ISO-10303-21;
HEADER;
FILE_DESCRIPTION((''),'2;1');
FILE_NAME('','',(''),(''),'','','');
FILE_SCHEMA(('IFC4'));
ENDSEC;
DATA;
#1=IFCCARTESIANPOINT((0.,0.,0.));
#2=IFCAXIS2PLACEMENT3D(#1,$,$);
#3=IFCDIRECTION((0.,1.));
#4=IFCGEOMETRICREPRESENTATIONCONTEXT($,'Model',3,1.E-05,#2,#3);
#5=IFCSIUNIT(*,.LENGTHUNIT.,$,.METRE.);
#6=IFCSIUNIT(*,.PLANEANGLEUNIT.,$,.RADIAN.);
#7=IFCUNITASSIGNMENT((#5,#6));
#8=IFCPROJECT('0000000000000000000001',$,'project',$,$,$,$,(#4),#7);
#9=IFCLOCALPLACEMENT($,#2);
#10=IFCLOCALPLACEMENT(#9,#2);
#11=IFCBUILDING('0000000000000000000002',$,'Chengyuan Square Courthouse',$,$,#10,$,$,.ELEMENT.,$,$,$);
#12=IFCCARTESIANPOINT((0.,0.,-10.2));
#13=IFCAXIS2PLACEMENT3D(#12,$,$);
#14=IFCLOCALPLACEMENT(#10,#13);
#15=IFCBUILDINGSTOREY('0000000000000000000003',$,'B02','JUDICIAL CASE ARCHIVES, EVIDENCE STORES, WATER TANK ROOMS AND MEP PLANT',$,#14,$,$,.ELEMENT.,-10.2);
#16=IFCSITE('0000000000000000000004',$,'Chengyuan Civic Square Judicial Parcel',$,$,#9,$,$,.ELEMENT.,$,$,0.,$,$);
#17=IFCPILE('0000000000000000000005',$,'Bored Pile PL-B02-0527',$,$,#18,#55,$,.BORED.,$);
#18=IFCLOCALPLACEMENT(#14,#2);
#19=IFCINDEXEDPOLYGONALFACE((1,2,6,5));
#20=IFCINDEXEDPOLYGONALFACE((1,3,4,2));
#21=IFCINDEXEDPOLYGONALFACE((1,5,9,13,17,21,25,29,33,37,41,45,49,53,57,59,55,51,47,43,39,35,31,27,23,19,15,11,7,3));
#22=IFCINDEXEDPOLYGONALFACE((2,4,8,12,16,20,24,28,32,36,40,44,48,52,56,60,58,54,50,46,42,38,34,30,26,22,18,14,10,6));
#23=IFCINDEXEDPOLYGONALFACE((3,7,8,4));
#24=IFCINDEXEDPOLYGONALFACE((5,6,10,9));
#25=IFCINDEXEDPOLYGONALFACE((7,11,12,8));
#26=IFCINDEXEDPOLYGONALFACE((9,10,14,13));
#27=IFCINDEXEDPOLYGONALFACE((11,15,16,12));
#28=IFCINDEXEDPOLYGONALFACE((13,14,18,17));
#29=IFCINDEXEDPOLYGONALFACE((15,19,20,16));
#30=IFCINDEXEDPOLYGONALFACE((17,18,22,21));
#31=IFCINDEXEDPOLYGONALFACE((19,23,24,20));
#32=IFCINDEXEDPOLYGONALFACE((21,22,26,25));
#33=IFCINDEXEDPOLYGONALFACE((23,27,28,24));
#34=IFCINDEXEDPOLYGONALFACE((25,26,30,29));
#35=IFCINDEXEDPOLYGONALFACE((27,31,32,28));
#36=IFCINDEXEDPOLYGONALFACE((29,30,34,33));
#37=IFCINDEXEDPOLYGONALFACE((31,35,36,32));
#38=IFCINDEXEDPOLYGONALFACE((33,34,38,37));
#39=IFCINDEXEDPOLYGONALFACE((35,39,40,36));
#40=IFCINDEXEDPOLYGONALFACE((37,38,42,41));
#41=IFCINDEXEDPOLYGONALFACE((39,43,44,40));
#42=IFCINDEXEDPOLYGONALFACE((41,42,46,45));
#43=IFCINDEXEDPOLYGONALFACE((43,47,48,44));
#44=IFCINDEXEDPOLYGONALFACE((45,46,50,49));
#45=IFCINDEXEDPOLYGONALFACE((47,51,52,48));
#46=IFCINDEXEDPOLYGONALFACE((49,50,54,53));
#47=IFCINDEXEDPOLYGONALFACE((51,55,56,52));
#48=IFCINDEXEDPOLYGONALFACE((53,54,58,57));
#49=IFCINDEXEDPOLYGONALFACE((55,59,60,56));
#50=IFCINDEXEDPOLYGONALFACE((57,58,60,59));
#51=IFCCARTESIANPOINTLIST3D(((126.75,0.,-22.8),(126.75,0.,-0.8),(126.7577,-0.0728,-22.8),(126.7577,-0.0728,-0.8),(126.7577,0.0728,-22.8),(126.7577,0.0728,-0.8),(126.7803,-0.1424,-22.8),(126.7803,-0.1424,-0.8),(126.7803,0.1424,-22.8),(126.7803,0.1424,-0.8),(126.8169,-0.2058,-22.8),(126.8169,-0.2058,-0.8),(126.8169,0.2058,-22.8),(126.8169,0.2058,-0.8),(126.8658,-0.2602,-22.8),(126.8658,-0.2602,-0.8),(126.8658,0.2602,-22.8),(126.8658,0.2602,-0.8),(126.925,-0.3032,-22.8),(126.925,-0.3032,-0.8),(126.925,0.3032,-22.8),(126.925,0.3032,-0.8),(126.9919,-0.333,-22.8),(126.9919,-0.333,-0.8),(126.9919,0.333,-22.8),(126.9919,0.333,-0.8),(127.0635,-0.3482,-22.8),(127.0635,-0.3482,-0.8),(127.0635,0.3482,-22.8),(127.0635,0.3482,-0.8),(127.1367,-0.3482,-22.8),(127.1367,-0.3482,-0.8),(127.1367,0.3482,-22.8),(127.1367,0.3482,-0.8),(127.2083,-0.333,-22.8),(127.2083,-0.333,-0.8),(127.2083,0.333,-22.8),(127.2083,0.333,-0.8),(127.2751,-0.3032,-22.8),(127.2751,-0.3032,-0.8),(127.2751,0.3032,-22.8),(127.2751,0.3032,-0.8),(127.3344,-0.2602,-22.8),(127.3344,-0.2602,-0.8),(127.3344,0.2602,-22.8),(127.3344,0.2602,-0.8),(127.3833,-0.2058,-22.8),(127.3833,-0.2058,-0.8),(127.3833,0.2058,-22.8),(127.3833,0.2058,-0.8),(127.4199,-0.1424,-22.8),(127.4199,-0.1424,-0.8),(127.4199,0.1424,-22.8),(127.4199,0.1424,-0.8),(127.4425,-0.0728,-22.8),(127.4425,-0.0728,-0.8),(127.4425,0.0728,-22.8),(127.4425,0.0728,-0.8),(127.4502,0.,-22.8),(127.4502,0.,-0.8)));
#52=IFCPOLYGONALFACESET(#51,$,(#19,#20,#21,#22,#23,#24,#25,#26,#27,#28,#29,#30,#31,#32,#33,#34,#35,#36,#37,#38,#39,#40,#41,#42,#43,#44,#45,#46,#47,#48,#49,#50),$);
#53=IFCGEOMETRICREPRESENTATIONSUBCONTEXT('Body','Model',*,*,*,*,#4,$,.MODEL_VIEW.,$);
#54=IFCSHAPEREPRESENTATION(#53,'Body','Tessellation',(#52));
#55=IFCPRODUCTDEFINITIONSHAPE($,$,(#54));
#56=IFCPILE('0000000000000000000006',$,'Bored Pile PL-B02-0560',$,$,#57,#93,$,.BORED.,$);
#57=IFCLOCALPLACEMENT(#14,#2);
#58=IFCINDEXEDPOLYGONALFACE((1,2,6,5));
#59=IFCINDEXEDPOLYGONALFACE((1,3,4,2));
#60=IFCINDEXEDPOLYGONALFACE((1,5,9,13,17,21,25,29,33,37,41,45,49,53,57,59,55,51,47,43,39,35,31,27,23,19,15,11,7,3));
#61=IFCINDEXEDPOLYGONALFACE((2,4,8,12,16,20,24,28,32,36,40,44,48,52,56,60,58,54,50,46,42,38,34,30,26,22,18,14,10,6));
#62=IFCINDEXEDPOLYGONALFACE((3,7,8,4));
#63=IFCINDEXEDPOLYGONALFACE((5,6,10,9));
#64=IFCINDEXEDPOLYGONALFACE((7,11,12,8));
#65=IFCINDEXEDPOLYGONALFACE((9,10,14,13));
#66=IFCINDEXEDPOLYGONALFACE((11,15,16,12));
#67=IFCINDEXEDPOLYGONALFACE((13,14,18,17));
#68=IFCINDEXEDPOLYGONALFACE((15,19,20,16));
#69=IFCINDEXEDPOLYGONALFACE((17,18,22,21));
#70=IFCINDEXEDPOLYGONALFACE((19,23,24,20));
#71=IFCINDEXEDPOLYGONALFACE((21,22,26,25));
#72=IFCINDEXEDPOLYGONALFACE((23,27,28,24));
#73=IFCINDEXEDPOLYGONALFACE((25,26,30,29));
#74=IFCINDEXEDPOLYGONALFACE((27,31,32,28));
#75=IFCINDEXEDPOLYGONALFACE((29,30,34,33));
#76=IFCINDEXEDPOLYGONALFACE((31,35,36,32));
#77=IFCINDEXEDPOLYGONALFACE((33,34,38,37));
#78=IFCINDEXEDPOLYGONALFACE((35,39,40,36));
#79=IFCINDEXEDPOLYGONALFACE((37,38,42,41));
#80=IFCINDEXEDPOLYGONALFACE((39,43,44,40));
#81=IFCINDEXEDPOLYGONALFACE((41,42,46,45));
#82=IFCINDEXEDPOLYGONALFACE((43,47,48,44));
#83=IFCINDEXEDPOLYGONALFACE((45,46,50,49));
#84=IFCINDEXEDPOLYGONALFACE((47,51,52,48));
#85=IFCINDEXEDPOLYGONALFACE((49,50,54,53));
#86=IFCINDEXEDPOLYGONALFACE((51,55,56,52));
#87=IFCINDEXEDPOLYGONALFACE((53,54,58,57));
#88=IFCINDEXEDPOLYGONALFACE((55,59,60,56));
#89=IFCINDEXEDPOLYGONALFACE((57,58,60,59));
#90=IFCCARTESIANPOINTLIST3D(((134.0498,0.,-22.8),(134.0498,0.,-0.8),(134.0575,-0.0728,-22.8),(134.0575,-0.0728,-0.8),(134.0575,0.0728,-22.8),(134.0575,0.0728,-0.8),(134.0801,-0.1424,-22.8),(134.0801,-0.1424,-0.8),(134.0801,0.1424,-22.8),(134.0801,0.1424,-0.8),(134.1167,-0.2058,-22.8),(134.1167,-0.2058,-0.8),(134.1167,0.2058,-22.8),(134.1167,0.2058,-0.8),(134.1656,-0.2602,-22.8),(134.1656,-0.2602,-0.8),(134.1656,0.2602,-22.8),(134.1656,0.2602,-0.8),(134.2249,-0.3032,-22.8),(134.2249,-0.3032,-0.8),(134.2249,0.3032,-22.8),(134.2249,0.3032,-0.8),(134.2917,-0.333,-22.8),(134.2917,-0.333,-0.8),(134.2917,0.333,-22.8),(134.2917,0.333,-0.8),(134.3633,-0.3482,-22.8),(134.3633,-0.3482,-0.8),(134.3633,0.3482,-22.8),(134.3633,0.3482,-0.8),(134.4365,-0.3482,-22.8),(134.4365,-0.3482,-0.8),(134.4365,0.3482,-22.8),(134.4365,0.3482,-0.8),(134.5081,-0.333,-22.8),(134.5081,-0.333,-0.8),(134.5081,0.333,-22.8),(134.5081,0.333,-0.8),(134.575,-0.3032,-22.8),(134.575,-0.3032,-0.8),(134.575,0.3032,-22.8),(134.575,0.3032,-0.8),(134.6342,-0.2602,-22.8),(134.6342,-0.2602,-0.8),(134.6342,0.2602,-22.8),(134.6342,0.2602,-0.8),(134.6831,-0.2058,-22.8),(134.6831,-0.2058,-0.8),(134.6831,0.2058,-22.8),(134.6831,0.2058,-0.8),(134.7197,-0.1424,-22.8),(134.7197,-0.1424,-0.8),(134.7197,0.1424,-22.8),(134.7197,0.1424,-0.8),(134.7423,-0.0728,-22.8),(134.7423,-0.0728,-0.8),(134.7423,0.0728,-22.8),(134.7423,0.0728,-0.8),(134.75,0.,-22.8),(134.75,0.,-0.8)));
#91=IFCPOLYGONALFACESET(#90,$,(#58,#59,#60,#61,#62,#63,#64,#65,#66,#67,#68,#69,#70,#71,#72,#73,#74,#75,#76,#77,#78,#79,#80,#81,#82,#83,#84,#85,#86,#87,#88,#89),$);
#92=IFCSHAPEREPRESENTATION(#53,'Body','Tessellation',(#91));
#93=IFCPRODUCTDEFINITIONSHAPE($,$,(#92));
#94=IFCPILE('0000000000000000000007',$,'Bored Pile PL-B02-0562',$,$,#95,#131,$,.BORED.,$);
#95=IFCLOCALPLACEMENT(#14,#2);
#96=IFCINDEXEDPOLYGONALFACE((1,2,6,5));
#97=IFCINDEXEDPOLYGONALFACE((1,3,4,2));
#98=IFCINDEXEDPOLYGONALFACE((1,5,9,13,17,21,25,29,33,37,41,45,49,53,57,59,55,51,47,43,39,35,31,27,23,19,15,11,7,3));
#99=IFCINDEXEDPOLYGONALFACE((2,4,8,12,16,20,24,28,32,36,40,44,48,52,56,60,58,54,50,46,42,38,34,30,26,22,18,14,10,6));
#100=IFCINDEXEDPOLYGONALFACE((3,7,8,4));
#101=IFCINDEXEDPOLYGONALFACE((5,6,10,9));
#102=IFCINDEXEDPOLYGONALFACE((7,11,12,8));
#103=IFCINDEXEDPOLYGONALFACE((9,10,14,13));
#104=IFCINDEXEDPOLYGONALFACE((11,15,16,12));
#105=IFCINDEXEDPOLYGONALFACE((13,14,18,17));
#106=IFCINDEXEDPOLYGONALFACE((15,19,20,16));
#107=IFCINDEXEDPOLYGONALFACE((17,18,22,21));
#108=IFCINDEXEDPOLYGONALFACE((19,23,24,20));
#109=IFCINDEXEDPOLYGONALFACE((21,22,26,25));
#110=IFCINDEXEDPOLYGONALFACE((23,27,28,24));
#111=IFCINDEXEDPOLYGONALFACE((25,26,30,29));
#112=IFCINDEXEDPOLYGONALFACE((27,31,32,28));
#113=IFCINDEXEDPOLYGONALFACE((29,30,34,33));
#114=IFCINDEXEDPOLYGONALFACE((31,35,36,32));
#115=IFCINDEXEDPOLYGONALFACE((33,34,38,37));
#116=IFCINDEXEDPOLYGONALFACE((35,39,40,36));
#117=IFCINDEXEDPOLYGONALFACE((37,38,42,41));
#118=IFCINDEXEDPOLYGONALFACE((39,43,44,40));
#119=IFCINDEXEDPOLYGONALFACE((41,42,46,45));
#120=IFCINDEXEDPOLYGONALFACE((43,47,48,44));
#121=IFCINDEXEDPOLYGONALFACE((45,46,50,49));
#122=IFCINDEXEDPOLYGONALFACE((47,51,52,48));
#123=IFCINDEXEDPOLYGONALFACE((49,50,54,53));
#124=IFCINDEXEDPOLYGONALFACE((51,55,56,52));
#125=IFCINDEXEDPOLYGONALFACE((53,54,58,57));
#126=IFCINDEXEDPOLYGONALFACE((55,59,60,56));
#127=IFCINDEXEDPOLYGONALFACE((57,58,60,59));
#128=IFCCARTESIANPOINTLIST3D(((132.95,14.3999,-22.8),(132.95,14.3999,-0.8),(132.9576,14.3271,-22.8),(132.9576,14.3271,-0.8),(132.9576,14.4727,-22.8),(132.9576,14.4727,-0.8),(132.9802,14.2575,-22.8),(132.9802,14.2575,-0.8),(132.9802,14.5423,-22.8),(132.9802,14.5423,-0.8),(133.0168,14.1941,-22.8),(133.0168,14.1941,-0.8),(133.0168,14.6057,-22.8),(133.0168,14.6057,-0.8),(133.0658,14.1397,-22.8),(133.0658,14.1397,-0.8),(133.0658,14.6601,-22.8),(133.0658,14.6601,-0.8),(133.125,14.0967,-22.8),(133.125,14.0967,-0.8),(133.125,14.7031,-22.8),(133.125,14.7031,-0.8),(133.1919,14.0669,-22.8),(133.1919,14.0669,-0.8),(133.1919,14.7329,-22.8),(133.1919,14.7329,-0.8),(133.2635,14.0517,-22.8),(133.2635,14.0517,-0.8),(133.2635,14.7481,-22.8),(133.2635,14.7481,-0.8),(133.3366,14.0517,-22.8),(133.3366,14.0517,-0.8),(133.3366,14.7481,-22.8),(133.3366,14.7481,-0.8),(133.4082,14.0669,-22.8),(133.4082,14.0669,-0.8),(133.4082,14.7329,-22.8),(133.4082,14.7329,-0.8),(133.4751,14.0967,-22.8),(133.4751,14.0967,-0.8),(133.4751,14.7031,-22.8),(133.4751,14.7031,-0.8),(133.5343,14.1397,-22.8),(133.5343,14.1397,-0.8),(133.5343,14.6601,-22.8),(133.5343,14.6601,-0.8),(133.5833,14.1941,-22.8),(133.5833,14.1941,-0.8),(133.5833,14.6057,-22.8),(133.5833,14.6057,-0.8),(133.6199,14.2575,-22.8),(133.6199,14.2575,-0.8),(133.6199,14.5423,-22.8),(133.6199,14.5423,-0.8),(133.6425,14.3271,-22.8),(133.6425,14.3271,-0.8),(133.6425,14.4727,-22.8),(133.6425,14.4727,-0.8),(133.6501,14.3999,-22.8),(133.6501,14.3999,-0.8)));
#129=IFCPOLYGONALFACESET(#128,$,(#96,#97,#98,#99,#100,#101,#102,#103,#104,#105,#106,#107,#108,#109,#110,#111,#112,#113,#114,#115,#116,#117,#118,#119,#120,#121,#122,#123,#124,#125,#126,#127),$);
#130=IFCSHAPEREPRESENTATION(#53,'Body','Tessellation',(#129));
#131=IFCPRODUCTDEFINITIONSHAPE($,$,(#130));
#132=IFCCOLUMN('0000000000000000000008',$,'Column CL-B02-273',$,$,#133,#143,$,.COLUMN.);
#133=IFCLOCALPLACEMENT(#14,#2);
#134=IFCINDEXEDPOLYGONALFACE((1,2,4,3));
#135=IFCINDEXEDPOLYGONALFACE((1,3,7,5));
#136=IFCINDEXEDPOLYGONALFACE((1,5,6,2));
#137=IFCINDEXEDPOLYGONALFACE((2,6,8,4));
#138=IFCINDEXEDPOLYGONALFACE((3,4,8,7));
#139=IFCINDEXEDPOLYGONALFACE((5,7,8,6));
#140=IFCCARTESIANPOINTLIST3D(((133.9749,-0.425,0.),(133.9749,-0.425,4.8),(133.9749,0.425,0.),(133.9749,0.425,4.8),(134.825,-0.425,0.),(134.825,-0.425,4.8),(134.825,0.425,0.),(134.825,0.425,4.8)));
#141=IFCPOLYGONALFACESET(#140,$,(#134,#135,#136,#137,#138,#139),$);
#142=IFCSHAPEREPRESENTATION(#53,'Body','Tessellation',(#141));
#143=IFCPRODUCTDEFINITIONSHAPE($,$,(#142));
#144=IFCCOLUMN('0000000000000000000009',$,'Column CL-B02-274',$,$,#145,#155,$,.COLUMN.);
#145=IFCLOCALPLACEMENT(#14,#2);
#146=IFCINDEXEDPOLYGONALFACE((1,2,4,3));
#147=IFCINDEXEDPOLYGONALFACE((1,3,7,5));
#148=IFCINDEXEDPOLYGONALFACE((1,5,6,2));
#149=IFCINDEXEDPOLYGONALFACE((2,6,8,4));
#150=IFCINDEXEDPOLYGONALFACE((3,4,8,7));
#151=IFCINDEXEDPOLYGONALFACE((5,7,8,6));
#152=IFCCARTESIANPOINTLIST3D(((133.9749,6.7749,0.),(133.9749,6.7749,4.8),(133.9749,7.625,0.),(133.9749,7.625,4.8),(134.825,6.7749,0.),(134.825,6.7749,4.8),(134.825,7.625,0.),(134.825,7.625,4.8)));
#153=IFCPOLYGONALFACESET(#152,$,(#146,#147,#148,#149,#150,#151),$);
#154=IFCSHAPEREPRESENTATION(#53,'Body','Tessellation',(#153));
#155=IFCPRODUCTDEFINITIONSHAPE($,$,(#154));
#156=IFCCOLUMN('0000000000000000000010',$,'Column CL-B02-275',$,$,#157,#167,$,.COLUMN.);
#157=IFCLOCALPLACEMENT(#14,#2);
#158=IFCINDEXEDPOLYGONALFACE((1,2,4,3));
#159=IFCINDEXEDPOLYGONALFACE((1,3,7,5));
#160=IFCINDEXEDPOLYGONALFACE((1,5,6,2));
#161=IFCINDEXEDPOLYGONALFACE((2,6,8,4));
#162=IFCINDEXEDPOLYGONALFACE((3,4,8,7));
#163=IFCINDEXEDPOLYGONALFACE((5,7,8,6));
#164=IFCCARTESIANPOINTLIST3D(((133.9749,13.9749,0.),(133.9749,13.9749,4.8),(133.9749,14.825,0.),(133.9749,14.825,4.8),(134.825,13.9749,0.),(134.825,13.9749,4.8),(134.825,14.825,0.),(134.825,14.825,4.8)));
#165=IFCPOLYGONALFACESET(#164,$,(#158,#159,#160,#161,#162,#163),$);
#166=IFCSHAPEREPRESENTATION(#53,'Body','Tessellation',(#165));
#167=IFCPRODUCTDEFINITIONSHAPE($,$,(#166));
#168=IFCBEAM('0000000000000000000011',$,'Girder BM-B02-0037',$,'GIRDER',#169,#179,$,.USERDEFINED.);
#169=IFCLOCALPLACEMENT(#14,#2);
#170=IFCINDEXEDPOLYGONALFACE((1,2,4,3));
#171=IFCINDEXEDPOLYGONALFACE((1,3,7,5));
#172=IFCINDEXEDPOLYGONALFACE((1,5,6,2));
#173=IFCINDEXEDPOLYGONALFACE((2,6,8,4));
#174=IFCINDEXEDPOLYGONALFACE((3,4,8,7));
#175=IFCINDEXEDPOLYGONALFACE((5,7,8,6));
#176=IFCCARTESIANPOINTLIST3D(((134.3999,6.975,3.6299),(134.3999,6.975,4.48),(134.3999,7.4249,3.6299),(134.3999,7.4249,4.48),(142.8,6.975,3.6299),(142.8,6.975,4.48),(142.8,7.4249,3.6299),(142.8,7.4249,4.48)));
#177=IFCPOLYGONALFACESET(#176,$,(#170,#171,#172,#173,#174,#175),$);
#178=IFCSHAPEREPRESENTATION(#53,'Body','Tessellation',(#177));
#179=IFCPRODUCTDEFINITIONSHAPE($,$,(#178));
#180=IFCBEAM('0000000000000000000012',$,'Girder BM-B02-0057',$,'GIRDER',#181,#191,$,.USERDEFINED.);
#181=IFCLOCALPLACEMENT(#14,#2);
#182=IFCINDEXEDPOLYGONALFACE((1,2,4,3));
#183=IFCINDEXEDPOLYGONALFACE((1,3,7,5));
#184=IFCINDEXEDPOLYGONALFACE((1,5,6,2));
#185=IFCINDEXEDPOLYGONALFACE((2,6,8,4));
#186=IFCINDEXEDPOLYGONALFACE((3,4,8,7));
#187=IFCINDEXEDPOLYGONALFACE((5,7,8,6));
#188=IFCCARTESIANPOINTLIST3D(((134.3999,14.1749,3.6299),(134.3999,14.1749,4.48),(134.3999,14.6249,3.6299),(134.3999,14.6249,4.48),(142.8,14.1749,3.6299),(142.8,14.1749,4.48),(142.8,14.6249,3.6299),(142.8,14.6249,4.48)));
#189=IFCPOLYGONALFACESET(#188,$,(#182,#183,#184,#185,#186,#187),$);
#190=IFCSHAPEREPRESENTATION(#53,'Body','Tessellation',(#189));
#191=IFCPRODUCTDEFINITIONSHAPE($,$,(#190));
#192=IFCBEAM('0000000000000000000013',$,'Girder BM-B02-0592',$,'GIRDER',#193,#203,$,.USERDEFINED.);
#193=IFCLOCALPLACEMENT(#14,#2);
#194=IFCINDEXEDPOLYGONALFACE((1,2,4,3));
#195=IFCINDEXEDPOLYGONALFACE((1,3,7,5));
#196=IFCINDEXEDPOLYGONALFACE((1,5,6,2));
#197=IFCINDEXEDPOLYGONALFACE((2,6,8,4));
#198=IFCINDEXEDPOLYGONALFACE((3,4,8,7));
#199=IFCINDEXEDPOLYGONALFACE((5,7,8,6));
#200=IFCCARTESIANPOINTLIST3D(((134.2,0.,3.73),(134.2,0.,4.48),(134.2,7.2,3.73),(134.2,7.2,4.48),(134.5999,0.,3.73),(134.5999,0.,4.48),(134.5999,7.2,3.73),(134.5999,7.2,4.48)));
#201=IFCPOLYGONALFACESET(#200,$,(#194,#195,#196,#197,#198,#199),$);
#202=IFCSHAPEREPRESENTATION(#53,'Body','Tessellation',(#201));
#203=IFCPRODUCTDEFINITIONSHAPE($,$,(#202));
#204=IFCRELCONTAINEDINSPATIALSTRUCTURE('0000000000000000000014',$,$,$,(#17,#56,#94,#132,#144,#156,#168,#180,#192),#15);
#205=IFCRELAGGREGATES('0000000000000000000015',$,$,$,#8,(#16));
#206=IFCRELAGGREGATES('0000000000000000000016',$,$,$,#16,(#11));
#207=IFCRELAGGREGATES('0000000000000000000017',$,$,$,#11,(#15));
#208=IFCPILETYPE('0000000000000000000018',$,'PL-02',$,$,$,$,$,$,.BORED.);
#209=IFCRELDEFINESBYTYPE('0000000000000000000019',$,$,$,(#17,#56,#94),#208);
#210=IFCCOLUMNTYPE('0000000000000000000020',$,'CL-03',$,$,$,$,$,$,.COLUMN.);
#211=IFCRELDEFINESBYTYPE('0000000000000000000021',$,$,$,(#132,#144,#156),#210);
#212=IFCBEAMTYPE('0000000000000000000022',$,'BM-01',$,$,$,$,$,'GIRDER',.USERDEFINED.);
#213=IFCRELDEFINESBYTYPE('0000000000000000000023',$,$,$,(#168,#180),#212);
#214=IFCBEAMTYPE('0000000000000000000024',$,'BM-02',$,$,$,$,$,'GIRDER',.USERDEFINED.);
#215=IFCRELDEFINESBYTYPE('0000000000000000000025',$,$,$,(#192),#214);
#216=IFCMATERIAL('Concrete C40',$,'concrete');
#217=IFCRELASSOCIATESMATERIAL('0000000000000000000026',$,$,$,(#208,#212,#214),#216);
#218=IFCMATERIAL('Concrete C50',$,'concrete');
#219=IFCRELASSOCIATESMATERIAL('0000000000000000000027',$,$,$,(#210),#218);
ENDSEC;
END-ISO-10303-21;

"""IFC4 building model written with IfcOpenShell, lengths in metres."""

from ifc_helpers import new_model, si_unit, direction, frame, origin, origin_2d, place, context, subcontext, project, spatial, rectangle, circle, extrude, material, material_profile, profile_set, type_object, element, save


model = new_model("IFC4")

# Units and contexts
model_context = context("Model", 3, precision=1e-05, world=origin(), true_north=direction((0.0, 1.0)))
body_context = subcontext(model_context, "Body", "Model", "MODEL_VIEW")
ifc_project = project(units=[si_unit("LENGTHUNIT", "METRE"), si_unit("PLANEANGLEUNIT", "RADIAN")], contexts=[model_context])

# Site, building, storey
site_placement = place(None, origin())
site = spatial("IfcSite", under=ifc_project, at=site_placement, Name="Chengyuan Civic Square Judicial Parcel", CompositionType="ELEMENT", RefElevation=0.0)
building_placement = place(site_placement, origin())
building = spatial("IfcBuilding", under=site, at=building_placement, Name="Chengyuan Square Courthouse", CompositionType="ELEMENT")
storey_placement = place(building_placement, frame((0.0, 0.0, -10.2)))
storey = spatial("IfcBuildingStorey", under=building, at=storey_placement, Name="B02", Description="JUDICIAL CASE ARCHIVES, EVIDENCE STORES, WATER TANK ROOMS AND MEP PLANT", CompositionType="ELEMENT", Elevation=-10.2)

# Shared definitions
ifc_material_1 = material(Name="Concrete C40", Category="concrete")

# Piles
ifc_material_profile_1 = material_profile(ifc_material_1, circle(Radius=0.3501, at=origin_2d()), Name="BORED PILE D700")
ifc_profile_set_1 = profile_set([ifc_material_profile_1], Name="Concrete C40")
pile_type_1 = type_object("IfcPileType", Name="PL-02", PredefinedType="BORED", material=ifc_profile_set_1)
for number, where, z_axis, x_axis, name in (
    (1, (127.1001, 0.0, -0.8), (0.0, 0.0, -1.0), (1.0, 0.0, 0.0), "Bored Pile PL-B02-0527"),
    (2, (134.3999, 0.0, -0.8), (0.0, 0.0, -1.0), (1.0, 0.0, 0.0), "Bored Pile PL-B02-0560"),
    (3, (133.3, 14.3999, -0.8), (0.0, 0.0, -1.0), (1.0, 0.0, 0.0), "Bored Pile PL-B02-0562"),
):
    element("IfcPile", number, at=place(storey_placement, frame(where, z_axis=z_axis, x_axis=x_axis)), inside=storey, type_object=pile_type_1, Name=name, PredefinedType="BORED", context=body_context, shape_type="SweptSolid", body=[
        extrude(circle(Radius=0.3501, at=origin_2d()), origin(), (0.0, 0.0, 1.0), 22.0),
    ])

# Columns
ifc_material_2 = material(Name="Concrete C50", Category="concrete")
ifc_material_profile_2 = material_profile(ifc_material_2, rectangle(XDim=0.8501, YDim=0.8501, at=origin_2d()), Name="RC-COL-850x850")
ifc_profile_set_2 = profile_set([ifc_material_profile_2], Name="Concrete C50")
column_type = type_object("IfcColumnType", Name="CL-03", PredefinedType="COLUMN", material=ifc_profile_set_2)
for number, where, z_axis, x_axis, name in (
    (4, (134.3999, 0.0, 0.0), (0.0, 0.0, 1.0), (1.0, 0.0, 0.0), "Column CL-B02-273"),
    (5, (134.3999, 7.2, 0.0), (0.0, 0.0, 1.0), (1.0, 0.0, 0.0), "Column CL-B02-274"),
    (6, (134.3999, 14.3999, 0.0), (0.0, 0.0, 1.0), (1.0, 0.0, 0.0), "Column CL-B02-275"),
):
    element("IfcColumn", number, at=place(storey_placement, frame(where, z_axis=z_axis, x_axis=x_axis)), inside=storey, type_object=column_type, Name=name, PredefinedType="COLUMN", context=body_context, shape_type="SweptSolid", body=[
        extrude(rectangle(XDim=0.8501, YDim=0.8501, at=origin_2d()), origin(), (0.0, 0.0, 1.0), 4.8),
    ])

# Beams
ifc_material_profile_3 = material_profile(ifc_material_1, rectangle(XDim=0.45, YDim=0.8501, at=origin_2d()), Name="RC-BM-450x850")
ifc_profile_set_3 = profile_set([ifc_material_profile_3], Name="Concrete C40")
beam_type_1 = type_object("IfcBeamType", Name="BM-01", ElementType="GIRDER", PredefinedType="USERDEFINED", material=ifc_profile_set_3)
for number, where, z_axis, x_axis, name in (
    (7, (134.3999, 7.2, 4.0549), (1.0, 0.0, 0.0), (0.0, 1.0, 0.0), "Girder BM-B02-0037"),
    (8, (134.3999, 14.3999, 4.0549), (1.0, 0.0, 0.0), (0.0, 1.0, 0.0), "Girder BM-B02-0057"),
):
    element("IfcBeam", number, at=place(storey_placement, frame(where, z_axis=z_axis, x_axis=x_axis)), inside=storey, type_object=beam_type_1, Name=name, ObjectType="GIRDER", PredefinedType="USERDEFINED", context=body_context, shape_type="SweptSolid", body=[
        extrude(rectangle(XDim=0.45, YDim=0.8501, at=origin_2d()), origin(), (0.0, 0.0, 1.0), 8.4001),
    ])
ifc_material_profile_4 = material_profile(ifc_material_1, rectangle(XDim=0.3999, YDim=0.75, at=origin_2d()), Name="RC-BM-400x750")
ifc_profile_set_4 = profile_set([ifc_material_profile_4], Name="Concrete C40")
beam_type_2 = type_object("IfcBeamType", Name="BM-02", ElementType="GIRDER", PredefinedType="USERDEFINED", material=ifc_profile_set_4)
for number, where, z_axis, x_axis, name in (
    (9, (134.3999, 0.0, 4.105), (0.0, 1.0, 0.0), (-1.0, 0.0, 0.0), "Girder BM-B02-0592"),
):
    element("IfcBeam", number, at=place(storey_placement, frame(where, z_axis=z_axis, x_axis=x_axis)), inside=storey, type_object=beam_type_2, Name=name, ObjectType="GIRDER", PredefinedType="USERDEFINED", context=body_context, shape_type="SweptSolid", body=[
        extrude(rectangle(XDim=0.3999, YDim=0.75, at=origin_2d()), origin(), (0.0, 0.0, 1.0), 7.2),
    ])

save(model, "model.ifc")
